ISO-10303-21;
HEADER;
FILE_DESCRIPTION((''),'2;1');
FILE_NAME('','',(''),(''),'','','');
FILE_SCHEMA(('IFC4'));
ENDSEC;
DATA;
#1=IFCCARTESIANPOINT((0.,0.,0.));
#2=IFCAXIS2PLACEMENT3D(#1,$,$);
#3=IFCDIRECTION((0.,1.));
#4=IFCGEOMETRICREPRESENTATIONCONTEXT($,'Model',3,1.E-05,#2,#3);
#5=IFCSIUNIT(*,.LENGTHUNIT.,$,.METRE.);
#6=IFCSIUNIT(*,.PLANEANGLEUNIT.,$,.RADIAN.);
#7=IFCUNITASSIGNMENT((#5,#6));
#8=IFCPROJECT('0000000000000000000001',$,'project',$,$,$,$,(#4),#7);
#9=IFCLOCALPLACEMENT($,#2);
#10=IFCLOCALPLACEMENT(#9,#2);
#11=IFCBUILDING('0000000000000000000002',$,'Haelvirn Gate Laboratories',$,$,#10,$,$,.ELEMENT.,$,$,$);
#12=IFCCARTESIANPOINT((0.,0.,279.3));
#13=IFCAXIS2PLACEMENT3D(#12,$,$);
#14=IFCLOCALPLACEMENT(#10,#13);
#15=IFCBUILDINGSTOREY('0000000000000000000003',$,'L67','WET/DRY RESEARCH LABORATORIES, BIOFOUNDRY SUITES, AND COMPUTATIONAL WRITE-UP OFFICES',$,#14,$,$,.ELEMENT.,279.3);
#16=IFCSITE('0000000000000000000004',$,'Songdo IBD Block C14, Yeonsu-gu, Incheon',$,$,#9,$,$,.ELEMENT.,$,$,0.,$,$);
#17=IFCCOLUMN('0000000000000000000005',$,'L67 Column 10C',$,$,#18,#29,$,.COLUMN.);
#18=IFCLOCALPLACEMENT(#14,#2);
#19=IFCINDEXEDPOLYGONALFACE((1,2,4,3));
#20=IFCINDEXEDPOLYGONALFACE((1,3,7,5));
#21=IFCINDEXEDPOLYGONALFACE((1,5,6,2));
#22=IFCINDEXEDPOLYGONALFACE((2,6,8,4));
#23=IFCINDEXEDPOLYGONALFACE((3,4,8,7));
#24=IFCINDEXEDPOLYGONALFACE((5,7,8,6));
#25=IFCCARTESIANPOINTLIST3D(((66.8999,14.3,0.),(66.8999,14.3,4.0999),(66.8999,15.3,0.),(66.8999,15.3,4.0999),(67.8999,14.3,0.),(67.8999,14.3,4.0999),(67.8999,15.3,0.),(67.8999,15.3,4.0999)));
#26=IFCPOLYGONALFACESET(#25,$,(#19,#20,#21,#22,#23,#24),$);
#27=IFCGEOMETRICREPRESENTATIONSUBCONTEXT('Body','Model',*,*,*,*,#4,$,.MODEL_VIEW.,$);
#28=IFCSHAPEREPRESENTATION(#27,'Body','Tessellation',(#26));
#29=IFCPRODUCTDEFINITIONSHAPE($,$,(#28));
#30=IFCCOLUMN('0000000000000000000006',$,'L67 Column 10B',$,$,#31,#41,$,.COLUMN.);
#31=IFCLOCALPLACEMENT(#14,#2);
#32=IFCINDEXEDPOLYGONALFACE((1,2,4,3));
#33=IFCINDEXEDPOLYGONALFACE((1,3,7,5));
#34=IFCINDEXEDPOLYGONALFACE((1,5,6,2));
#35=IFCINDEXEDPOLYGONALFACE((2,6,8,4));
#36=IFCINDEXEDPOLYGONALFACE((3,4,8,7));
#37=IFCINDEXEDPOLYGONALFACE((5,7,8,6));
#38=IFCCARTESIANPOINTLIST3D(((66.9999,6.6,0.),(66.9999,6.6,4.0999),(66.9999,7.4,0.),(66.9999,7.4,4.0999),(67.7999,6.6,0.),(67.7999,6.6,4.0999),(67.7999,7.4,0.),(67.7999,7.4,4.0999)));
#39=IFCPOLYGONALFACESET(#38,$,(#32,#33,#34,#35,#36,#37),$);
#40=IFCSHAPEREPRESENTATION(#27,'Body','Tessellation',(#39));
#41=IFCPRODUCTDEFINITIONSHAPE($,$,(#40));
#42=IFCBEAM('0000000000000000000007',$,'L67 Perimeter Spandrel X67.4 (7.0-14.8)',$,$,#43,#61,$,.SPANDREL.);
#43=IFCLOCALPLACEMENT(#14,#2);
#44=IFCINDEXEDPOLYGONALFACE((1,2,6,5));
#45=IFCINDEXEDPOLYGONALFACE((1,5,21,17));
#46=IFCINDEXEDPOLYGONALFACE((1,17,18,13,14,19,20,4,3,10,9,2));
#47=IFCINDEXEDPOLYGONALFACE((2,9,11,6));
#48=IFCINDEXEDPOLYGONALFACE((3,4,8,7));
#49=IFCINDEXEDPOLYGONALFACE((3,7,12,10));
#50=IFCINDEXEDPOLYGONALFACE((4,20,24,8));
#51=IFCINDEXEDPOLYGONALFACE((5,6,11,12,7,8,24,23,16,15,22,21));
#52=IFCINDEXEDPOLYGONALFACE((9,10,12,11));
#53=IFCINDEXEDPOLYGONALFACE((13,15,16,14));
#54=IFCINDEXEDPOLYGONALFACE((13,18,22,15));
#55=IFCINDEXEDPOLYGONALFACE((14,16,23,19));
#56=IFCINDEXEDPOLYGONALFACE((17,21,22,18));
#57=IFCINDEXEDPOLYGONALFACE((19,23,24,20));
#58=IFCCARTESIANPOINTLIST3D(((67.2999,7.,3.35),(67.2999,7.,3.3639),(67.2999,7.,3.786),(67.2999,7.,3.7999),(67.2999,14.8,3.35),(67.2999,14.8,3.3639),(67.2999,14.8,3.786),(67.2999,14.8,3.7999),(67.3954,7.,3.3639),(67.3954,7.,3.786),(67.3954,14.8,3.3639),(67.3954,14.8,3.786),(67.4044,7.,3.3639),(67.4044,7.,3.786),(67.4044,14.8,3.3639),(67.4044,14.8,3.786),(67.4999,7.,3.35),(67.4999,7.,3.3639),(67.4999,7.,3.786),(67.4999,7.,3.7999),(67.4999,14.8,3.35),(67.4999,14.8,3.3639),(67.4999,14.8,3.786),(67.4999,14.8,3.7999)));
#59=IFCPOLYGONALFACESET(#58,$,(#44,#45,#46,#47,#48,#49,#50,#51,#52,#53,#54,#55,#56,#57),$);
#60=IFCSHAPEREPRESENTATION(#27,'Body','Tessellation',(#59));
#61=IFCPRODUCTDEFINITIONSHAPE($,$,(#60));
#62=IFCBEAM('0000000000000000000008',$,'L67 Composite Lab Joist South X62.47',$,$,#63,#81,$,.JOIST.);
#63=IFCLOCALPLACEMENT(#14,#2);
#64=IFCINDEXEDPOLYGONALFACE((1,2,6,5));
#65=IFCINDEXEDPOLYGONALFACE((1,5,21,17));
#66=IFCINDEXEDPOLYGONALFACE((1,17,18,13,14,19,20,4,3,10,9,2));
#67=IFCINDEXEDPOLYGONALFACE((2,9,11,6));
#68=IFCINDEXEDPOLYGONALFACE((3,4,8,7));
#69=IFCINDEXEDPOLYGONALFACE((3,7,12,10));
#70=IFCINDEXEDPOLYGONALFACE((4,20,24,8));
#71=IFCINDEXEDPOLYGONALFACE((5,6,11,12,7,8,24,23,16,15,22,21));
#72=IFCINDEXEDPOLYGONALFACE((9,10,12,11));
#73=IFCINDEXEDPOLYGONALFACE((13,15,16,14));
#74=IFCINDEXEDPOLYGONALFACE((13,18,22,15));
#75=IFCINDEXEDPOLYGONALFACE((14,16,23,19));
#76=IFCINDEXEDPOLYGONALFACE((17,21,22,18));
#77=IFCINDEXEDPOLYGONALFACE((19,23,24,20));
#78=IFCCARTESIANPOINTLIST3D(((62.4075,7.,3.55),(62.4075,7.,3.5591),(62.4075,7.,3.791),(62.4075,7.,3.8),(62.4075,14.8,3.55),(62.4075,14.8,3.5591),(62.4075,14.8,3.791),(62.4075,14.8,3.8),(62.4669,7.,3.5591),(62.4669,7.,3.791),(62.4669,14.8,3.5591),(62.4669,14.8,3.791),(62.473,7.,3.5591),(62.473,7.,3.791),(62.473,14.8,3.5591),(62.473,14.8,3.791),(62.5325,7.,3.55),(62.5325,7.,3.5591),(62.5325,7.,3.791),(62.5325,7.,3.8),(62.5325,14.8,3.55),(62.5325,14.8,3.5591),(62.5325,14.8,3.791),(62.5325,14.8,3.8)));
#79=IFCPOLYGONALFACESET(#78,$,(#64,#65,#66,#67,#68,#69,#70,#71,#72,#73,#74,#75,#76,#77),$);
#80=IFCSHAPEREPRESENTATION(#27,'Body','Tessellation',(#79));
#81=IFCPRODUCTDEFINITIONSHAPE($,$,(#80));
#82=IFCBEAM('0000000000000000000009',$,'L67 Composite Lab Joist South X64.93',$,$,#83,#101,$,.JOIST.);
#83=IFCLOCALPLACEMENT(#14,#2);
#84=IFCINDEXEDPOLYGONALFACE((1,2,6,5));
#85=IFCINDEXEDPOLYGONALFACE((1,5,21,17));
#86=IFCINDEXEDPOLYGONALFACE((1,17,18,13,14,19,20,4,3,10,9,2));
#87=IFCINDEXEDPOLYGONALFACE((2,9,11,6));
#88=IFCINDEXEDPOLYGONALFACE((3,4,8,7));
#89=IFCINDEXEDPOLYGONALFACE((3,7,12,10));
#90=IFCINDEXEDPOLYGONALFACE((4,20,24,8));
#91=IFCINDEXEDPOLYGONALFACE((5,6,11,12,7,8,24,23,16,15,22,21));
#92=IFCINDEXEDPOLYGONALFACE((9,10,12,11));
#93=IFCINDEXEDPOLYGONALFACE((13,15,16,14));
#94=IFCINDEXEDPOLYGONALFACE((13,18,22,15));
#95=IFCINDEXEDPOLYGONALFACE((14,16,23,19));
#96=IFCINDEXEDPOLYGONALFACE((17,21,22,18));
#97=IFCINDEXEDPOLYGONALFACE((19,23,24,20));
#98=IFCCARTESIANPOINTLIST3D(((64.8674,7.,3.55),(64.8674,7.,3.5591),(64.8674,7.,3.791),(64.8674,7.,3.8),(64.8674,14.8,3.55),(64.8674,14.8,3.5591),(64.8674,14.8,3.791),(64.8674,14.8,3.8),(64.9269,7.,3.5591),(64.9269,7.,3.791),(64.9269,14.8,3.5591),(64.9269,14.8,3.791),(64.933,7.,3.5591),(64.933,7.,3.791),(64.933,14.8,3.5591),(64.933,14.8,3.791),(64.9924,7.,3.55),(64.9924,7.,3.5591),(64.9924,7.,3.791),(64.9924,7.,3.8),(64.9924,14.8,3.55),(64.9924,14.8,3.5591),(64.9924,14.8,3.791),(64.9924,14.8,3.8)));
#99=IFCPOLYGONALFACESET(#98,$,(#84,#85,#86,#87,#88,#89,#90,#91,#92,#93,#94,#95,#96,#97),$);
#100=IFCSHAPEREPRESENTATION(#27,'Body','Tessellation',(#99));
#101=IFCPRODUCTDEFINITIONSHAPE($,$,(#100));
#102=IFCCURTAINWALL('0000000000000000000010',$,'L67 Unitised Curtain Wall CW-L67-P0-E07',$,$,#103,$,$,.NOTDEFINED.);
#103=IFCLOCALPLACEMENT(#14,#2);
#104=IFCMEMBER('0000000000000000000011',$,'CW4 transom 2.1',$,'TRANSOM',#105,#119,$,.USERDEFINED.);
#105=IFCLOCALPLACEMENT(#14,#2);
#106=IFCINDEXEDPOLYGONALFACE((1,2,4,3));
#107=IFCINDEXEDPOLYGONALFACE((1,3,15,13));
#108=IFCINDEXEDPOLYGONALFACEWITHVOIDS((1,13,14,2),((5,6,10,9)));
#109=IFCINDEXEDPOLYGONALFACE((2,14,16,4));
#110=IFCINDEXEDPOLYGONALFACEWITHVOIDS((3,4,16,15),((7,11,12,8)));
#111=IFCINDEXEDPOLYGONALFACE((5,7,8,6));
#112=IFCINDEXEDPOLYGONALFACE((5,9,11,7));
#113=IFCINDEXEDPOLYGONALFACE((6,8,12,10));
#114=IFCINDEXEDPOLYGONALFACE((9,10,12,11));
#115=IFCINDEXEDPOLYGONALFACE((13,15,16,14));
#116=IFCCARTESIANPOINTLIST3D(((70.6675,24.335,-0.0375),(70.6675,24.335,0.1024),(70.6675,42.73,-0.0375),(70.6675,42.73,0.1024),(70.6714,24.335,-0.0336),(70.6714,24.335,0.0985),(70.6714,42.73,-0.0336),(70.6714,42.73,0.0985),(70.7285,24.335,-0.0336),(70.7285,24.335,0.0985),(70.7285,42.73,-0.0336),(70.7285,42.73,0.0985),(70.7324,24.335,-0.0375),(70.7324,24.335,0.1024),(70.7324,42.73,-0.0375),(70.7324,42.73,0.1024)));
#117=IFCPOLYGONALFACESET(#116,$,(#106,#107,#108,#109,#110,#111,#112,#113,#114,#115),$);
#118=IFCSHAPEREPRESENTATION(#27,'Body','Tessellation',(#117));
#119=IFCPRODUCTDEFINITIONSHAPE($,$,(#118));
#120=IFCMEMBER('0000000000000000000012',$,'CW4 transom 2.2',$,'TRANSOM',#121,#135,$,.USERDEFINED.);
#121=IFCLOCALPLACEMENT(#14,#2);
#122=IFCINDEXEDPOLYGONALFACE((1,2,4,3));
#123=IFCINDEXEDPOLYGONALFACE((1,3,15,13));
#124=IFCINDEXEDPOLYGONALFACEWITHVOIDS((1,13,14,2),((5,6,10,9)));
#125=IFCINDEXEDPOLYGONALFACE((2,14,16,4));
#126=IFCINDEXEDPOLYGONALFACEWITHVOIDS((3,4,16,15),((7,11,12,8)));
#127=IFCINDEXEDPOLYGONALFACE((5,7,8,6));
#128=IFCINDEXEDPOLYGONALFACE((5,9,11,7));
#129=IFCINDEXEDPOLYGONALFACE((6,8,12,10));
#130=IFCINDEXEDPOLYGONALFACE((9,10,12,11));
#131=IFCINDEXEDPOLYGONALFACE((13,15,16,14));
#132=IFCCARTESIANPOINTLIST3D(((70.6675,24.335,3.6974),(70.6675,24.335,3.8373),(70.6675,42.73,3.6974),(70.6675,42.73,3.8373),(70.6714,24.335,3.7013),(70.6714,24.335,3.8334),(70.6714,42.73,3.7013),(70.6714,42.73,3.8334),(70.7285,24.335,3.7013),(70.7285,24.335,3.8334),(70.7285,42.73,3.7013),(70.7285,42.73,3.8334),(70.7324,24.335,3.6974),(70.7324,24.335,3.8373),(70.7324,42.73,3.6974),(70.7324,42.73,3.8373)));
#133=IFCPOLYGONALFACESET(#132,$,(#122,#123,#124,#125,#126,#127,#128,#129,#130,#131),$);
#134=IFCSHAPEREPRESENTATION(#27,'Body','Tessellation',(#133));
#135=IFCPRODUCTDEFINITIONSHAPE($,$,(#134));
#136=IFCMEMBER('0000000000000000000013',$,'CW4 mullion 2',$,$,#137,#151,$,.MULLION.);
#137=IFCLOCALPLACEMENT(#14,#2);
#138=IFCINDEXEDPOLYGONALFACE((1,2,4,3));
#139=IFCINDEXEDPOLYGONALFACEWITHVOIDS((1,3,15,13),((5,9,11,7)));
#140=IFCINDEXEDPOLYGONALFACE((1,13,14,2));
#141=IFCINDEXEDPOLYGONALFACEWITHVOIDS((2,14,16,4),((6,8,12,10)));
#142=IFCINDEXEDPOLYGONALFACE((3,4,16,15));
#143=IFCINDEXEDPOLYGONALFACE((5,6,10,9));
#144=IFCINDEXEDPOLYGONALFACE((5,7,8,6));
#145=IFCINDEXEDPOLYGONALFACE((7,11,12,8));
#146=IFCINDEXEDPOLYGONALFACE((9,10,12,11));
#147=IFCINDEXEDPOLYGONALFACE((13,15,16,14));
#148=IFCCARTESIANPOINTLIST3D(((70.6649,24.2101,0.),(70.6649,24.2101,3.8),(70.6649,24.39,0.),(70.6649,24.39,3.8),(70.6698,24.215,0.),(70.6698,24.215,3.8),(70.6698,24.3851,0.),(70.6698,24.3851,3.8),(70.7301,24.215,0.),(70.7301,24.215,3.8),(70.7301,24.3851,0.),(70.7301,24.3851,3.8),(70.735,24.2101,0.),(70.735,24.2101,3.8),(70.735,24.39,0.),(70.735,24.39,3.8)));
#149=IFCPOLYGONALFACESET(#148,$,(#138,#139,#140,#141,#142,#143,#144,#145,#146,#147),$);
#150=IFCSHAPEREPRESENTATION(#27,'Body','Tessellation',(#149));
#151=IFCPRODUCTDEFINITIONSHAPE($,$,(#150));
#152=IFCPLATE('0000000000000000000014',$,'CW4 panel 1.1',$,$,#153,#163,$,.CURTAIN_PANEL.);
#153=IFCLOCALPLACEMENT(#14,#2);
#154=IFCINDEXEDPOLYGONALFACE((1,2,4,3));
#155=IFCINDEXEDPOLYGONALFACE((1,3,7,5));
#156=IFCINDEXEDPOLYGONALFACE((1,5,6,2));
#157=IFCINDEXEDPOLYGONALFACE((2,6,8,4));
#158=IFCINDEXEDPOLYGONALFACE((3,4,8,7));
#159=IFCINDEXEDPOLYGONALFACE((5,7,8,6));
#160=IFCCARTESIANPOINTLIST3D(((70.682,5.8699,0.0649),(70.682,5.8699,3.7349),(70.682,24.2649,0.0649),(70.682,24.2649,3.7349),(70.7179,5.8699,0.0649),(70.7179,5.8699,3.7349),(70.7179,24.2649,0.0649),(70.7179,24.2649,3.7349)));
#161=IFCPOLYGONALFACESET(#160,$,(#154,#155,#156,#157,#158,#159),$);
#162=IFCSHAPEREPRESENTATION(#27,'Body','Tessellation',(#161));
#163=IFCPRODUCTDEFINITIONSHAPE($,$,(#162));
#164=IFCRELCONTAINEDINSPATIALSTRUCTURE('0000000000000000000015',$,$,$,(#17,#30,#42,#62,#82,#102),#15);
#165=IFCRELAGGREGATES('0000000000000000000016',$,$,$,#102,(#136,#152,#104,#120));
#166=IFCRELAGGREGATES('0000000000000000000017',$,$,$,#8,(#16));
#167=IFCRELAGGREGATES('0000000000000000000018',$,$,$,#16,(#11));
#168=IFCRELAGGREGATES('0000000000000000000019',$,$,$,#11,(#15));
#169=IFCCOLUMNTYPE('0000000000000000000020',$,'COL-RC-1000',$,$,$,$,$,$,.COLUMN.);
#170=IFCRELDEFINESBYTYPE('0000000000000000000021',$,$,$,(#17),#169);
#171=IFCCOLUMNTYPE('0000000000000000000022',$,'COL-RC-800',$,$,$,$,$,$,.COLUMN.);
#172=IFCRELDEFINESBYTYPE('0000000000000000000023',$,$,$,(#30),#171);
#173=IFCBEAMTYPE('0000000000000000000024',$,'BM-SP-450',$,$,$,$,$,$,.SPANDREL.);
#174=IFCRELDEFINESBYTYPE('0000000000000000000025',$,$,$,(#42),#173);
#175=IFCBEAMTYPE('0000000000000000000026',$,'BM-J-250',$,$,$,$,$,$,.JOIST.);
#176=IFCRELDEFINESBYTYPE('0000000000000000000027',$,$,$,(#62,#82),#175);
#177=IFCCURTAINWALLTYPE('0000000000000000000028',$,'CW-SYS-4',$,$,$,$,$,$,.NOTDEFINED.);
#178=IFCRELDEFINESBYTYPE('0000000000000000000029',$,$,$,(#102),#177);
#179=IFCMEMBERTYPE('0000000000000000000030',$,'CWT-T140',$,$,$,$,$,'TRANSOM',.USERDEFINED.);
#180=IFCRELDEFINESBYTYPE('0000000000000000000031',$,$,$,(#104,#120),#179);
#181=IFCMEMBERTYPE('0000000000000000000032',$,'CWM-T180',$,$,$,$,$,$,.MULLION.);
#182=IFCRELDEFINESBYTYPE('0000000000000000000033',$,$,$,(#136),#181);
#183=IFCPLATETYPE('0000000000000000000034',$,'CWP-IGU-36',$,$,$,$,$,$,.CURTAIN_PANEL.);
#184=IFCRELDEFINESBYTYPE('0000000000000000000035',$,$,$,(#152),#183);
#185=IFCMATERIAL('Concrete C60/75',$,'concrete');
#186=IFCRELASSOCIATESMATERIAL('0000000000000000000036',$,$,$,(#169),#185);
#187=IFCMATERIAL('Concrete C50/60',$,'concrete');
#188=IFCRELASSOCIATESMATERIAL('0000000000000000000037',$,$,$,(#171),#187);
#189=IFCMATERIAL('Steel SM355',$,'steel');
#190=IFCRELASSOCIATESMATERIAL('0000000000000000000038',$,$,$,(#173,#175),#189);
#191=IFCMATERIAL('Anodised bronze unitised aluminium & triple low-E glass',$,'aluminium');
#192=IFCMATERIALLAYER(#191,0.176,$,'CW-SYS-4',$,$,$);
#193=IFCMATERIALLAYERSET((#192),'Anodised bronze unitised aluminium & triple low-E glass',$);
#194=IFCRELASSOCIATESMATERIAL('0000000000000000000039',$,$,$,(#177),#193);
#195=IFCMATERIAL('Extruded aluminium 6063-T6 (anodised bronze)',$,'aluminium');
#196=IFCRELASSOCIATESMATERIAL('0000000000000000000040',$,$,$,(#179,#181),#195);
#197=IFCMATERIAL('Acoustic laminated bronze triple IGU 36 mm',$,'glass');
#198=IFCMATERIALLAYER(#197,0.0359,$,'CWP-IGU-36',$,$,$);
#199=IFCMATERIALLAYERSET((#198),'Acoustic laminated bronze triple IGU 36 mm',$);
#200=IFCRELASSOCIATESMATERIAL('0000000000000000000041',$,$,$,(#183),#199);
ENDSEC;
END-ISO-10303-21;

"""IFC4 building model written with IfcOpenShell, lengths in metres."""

from ifc_helpers import new_model, si_unit, direction, frame, origin, origin_2d, place, context, subcontext, project, spatial, rectangle, hollow_rectangle, i_section, extrude, source, transform, mapped, material, layer, layer_set, material_profile, profile_set, type_object, type_shapes, element, aggregate, save


model = new_model("IFC4")

# Units and contexts
model_context = context("Model", 3, precision=1e-05, world=origin(), true_north=direction((0.0, 1.0)))
body_context = subcontext(model_context, "Body", "Model", "MODEL_VIEW")
ifc_project = project(units=[si_unit("LENGTHUNIT", "METRE"), si_unit("PLANEANGLEUNIT", "RADIAN")], contexts=[model_context])

# Site, building, storey
site_placement = place(None, origin())
site = spatial("IfcSite", under=ifc_project, at=site_placement, Name="Songdo IBD Block C14, Yeonsu-gu, Incheon", CompositionType="ELEMENT", RefElevation=0.0)
building_placement = place(site_placement, origin())
building = spatial("IfcBuilding", under=site, at=building_placement, Name="Haelvirn Gate Laboratories", CompositionType="ELEMENT")
storey_placement = place(building_placement, frame((0.0, 0.0, 279.3)))
storey = spatial("IfcBuildingStorey", under=building, at=storey_placement, Name="L67", Description="WET/DRY RESEARCH LABORATORIES, BIOFOUNDRY SUITES, AND COMPUTATIONAL WRITE-UP OFFICES", CompositionType="ELEMENT", Elevation=279.3)

# Columns
ifc_material_1 = material(Name="Concrete C60/75", Category="concrete")
ifc_material_profile_1 = material_profile(ifc_material_1, rectangle(XDim=1.0, YDim=1.0, at=origin_2d()), Name="RC-1000x1000")
ifc_profile_set_1 = profile_set([ifc_material_profile_1], Name="Concrete C60/75")
column_type_1 = type_object("IfcColumnType", Name="COL-RC-1000", PredefinedType="COLUMN", material=ifc_profile_set_1)
shared_shape_1 = source(origin(), body_context, "Body", "SweptSolid", [
    extrude(rectangle(XDim=1.0, YDim=1.0, at=origin_2d()), origin(), (0.0, 0.0, 1.0), 4.0999),
])
type_shapes(column_type_1, [shared_shape_1])
column_1_placement = place(storey_placement, frame((67.3999, 14.8, 0.0), z_axis=(0.0, 0.0, 1.0), x_axis=(1.0, 0.0, 0.0)))
element("IfcColumn", 1, at=column_1_placement, inside=storey, type_object=column_type_1, Name="L67 Column 10C", PredefinedType="COLUMN", context=body_context, shape_type="MappedRepresentation", body=[
    mapped(shared_shape_1, transform((0.0, 0.0, 0.0), scale=1.0)),
])
ifc_material_2 = material(Name="Concrete C50/60", Category="concrete")
ifc_material_profile_2 = material_profile(ifc_material_2, rectangle(XDim=0.8, YDim=0.8, at=origin_2d()), Name="RC-800x800")
ifc_profile_set_2 = profile_set([ifc_material_profile_2], Name="Concrete C50/60")
column_type_2 = type_object("IfcColumnType", Name="COL-RC-800", PredefinedType="COLUMN", material=ifc_profile_set_2)
shared_shape_2 = source(origin(), body_context, "Body", "SweptSolid", [
    extrude(rectangle(XDim=0.8, YDim=0.8, at=origin_2d()), origin(), (0.0, 0.0, 1.0), 4.0999),
])
type_shapes(column_type_2, [shared_shape_2])
column_2_placement = place(storey_placement, frame((67.3999, 7.0, 0.0), z_axis=(0.0, 0.0, 1.0), x_axis=(1.0, 0.0, 0.0)))
element("IfcColumn", 2, at=column_2_placement, inside=storey, type_object=column_type_2, Name="L67 Column 10B", PredefinedType="COLUMN", context=body_context, shape_type="MappedRepresentation", body=[
    mapped(shared_shape_2, transform((0.0, 0.0, 0.0), scale=1.0)),
])

# Beams
ifc_material_3 = material(Name="Steel SM355", Category="steel")
ifc_material_profile_3 = material_profile(ifc_material_3, i_section(OverallWidth=0.2, OverallDepth=0.45, WebThickness=0.009, FlangeThickness=0.0139, at=origin_2d()), Name="H-450x200x9x14")
ifc_profile_set_3 = profile_set([ifc_material_profile_3], Name="Steel SM355")
beam_type_1 = type_object("IfcBeamType", Name="BM-SP-450", PredefinedType="SPANDREL", material=ifc_profile_set_3)
shared_shape_3 = source(origin(), body_context, "Body", "SweptSolid", [
    extrude(i_section(OverallWidth=0.2, OverallDepth=0.45, WebThickness=0.009, FlangeThickness=0.0139, at=origin_2d()), origin(), (0.0, 0.0, 1.0), 7.8),
])
type_shapes(beam_type_1, [shared_shape_3])
beam_placement = place(storey_placement, frame((67.3999, 7.0, 3.575), z_axis=(0.0, 1.0, 0.0), x_axis=(-1.0, 0.0, 0.0)))
element("IfcBeam", 3, at=beam_placement, inside=storey, type_object=beam_type_1, Name="L67 Perimeter Spandrel X67.4 (7.0-14.8)", PredefinedType="SPANDREL", context=body_context, shape_type="MappedRepresentation", body=[
    mapped(shared_shape_3, transform((0.0, 0.0, 0.0), scale=1.0)),
])
ifc_material_profile_4 = material_profile(ifc_material_3, i_section(OverallWidth=0.125, OverallDepth=0.25, WebThickness=0.0061, FlangeThickness=0.009, at=origin_2d()), Name="H-250x125x6x9")
ifc_profile_set_4 = profile_set([ifc_material_profile_4], Name="Steel SM355")
beam_type_2 = type_object("IfcBeamType", Name="BM-J-250", PredefinedType="JOIST", material=ifc_profile_set_4)
shared_shape_4 = source(origin(), body_context, "Body", "SweptSolid", [
    extrude(i_section(OverallWidth=0.125, OverallDepth=0.25, WebThickness=0.0061, FlangeThickness=0.009, at=origin_2d()), origin(), (0.0, 0.0, 1.0), 7.8),
])
type_shapes(beam_type_2, [shared_shape_4])
for number, where, z_axis, x_axis, name in (
    (4, (62.47, 7.0, 3.675), (0.0, 1.0, 0.0), (-1.0, 0.0, 0.0), "L67 Composite Lab Joist South X62.47"),
    (5, (64.9299, 7.0, 3.675), (0.0, 1.0, 0.0), (-1.0, 0.0, 0.0), "L67 Composite Lab Joist South X64.93"),
):
    element("IfcBeam", number, at=place(storey_placement, frame(where, z_axis=z_axis, x_axis=x_axis)), inside=storey, type_object=beam_type_2, Name=name, PredefinedType="JOIST", context=body_context, shape_type="MappedRepresentation", body=[
        mapped(shared_shape_4, transform((0.0, 0.0, 0.0), scale=1.0)),
    ])

# Curtain wall, members, plate
ifc_material_4 = material(Name="Anodised bronze unitised aluminium & triple low-E glass", Category="aluminium")
ifc_layer_1 = layer(ifc_material_4, 0.176, Name="CW-SYS-4")
ifc_layer_set_1 = layer_set([ifc_layer_1], Name="Anodised bronze unitised aluminium & triple low-E glass")
curtain_wall_type = type_object("IfcCurtainWallType", Name="CW-SYS-4", PredefinedType="NOTDEFINED", material=ifc_layer_set_1)
curtain_wall_placement = place(storey_placement, origin())
curtain_wall = element("IfcCurtainWall", 6, at=curtain_wall_placement, inside=storey, type_object=curtain_wall_type, Name="L67 Unitised Curtain Wall CW-L67-P0-E07", PredefinedType="NOTDEFINED")
ifc_material_5 = material(Name="Extruded aluminium 6063-T6 (anodised bronze)", Category="aluminium")
ifc_material_profile_5 = material_profile(ifc_material_5, hollow_rectangle(XDim=0.0649, YDim=0.1399, WallThickness=0.0039, at=origin_2d()), Name="CWT-140x65x4")
ifc_profile_set_5 = profile_set([ifc_material_profile_5], Name="Extruded aluminium 6063-T6 (anodised bronze)")
member_type_1 = type_object("IfcMemberType", Name="CWT-T140", ElementType="TRANSOM", PredefinedType="USERDEFINED", material=ifc_profile_set_5)
shared_shape_5 = source(origin(), body_context, "Body", "SweptSolid", [
    extrude(hollow_rectangle(XDim=0.0649, YDim=0.1399, WallThickness=0.0039, at=origin_2d()), origin(), (0.0, 0.0, 1.0), 18.395),
])
type_shapes(member_type_1, [shared_shape_5])
member_1_placement = place(storey_placement, frame((70.7, 24.335, 0.0325), z_axis=(0.0, 1.0, 0.0), x_axis=(-1.0, 0.0, 0.0)))
member_1 = element("IfcMember", 7, at=member_1_placement, type_object=member_type_1, Name="CW4 transom 2.1", ObjectType="TRANSOM", PredefinedType="USERDEFINED", context=body_context, shape_type="MappedRepresentation", body=[
    mapped(shared_shape_5, transform((0.0, 0.0, 0.0), scale=1.0)),
])
member_2_placement = place(storey_placement, frame((70.7, 24.335, 3.7673), z_axis=(0.0, 1.0, 0.0), x_axis=(-1.0, 0.0, 0.0)))
member_2 = element("IfcMember", 8, at=member_2_placement, type_object=member_type_1, Name="CW4 transom 2.2", ObjectType="TRANSOM", PredefinedType="USERDEFINED", context=body_context, shape_type="MappedRepresentation", body=[
    mapped(shared_shape_5, transform((0.0, 0.0, 0.0), scale=1.0)),
])
ifc_material_profile_6 = material_profile(ifc_material_5, hollow_rectangle(XDim=0.0701, YDim=0.1799, WallThickness=0.0049, at=origin_2d()), Name="CWM-180x70x5")
ifc_profile_set_6 = profile_set([ifc_material_profile_6], Name="Extruded aluminium 6063-T6 (anodised bronze)")
member_type_2 = type_object("IfcMemberType", Name="CWM-T180", PredefinedType="MULLION", material=ifc_profile_set_6)
shared_shape_6 = source(origin(), body_context, "Body", "SweptSolid", [
    extrude(hollow_rectangle(XDim=0.0701, YDim=0.1799, WallThickness=0.0049, at=origin_2d()), origin(), (0.0, 0.0, 1.0), 3.8),
])
type_shapes(member_type_2, [shared_shape_6])
member_3_placement = place(storey_placement, frame((70.7, 24.3, 0.0), z_axis=(0.0, 0.0, 1.0), x_axis=(-1.0, 0.0, 0.0)))
member_3 = element("IfcMember", 9, at=member_3_placement, type_object=member_type_2, Name="CW4 mullion 2", PredefinedType="MULLION", context=body_context, shape_type="MappedRepresentation", body=[
    mapped(shared_shape_6, transform((0.0, 0.0, 0.0), scale=1.0)),
])
ifc_material_6 = material(Name="Acoustic laminated bronze triple IGU 36 mm", Category="glass")
ifc_layer_2 = layer(ifc_material_6, 0.0359, Name="CWP-IGU-36")
ifc_layer_set_2 = layer_set([ifc_layer_2], Name="Acoustic laminated bronze triple IGU 36 mm")
plate_type = type_object("IfcPlateType", Name="CWP-IGU-36", PredefinedType="CURTAIN_PANEL", material=ifc_layer_set_2)
shared_shape_7 = source(origin(), body_context, "Body", "SweptSolid", [
    extrude(rectangle(XDim=18.395, YDim=0.0359, at=origin_2d()), origin(), (0.0, 0.0, 1.0), 3.6699),
])
type_shapes(plate_type, [shared_shape_7])
plate_placement = place(storey_placement, frame((70.7, 15.0674, 0.0649), z_axis=(0.0, 0.0, 1.0), x_axis=(0.0, 1.0, 0.0)))
plate = element("IfcPlate", 10, at=plate_placement, type_object=plate_type, Name="CW4 panel 1.1", PredefinedType="CURTAIN_PANEL", context=body_context, shape_type="MappedRepresentation", body=[
    mapped(shared_shape_7, transform((0.0, 0.0, 0.0), scale=1.0)),
])
aggregate(curtain_wall, [member_3, plate, member_1, member_2])

save(model, "model.ifc")
